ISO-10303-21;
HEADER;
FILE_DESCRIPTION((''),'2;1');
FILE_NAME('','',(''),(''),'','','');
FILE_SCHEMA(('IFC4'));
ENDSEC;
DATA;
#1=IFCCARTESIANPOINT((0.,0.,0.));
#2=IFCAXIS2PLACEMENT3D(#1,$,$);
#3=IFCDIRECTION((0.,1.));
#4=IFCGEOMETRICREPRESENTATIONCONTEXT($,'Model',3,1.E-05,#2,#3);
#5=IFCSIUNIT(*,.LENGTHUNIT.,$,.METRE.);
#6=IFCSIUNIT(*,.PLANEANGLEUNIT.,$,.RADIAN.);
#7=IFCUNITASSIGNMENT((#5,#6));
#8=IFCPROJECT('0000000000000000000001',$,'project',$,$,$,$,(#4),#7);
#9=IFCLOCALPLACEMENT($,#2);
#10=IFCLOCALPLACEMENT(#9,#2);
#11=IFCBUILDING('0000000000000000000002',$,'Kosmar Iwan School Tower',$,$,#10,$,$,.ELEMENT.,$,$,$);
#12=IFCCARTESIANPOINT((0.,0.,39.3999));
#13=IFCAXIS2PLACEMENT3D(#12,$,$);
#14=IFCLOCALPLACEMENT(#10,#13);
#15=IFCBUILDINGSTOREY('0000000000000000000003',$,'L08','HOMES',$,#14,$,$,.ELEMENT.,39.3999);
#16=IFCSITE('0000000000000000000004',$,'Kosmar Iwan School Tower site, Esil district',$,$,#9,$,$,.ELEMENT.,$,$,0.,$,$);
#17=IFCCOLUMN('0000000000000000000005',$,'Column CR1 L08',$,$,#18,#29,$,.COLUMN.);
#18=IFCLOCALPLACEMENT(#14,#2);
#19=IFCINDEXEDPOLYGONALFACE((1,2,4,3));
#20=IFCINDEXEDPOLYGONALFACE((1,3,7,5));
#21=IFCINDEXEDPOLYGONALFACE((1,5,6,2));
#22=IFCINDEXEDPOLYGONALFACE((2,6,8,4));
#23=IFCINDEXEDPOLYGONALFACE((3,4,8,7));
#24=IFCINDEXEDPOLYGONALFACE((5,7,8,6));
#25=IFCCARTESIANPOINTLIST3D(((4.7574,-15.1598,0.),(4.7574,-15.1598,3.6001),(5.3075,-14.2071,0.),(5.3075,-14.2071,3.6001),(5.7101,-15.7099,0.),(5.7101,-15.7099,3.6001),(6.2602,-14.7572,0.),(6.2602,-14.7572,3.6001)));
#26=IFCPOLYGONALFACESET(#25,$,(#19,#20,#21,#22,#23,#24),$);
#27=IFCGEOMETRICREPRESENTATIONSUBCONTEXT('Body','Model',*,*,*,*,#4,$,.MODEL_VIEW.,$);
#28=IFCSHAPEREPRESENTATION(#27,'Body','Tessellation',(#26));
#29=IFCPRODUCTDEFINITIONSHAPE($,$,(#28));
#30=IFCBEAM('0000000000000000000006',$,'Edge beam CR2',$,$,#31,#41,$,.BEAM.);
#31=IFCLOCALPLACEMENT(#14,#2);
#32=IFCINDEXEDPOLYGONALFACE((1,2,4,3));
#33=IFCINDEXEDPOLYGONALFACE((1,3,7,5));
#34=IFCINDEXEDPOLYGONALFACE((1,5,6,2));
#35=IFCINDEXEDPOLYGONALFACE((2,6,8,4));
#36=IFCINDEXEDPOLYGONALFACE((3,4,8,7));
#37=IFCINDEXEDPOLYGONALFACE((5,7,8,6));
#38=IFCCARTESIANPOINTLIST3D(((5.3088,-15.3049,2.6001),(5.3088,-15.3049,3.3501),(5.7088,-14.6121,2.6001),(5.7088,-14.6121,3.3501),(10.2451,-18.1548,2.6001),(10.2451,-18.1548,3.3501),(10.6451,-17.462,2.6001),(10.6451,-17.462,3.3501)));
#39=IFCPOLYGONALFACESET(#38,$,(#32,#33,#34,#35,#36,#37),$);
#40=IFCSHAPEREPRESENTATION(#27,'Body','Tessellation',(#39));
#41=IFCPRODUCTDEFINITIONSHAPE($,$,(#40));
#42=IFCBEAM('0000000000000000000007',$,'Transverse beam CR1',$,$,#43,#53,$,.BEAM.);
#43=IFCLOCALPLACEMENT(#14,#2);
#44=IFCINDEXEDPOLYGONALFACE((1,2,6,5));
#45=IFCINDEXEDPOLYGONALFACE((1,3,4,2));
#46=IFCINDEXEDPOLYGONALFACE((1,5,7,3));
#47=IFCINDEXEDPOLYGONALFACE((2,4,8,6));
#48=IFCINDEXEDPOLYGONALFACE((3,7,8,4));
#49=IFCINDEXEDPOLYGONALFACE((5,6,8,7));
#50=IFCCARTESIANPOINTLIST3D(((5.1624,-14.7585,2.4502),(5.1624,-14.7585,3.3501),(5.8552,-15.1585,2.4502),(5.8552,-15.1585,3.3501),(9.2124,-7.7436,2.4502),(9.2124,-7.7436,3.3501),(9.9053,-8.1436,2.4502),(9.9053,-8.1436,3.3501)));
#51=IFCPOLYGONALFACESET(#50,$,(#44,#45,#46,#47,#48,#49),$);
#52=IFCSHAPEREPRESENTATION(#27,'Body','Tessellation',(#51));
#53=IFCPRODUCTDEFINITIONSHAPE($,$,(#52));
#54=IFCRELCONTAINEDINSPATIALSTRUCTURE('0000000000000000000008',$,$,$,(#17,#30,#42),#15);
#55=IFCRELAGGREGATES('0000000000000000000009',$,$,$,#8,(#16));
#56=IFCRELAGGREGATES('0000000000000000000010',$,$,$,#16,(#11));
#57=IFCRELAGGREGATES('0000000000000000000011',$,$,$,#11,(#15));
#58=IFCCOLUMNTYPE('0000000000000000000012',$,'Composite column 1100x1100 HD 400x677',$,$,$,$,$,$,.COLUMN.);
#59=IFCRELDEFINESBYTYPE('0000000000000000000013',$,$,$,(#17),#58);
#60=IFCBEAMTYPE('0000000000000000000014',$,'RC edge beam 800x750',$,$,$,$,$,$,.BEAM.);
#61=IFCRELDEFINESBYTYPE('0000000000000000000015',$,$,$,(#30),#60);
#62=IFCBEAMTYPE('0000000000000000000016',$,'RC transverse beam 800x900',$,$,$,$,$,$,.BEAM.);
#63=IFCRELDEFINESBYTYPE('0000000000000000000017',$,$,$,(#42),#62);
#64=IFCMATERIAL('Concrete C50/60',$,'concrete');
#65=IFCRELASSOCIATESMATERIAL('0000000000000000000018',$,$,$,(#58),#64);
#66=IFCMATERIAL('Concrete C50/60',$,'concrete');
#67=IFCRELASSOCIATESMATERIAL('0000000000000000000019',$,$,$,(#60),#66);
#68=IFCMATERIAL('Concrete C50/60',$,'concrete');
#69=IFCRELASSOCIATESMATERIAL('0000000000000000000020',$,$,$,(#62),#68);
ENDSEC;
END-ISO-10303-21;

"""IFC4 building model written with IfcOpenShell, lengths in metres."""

from ifc_helpers import new_model, si_unit, direction, frame, origin, origin_2d, place, context, subcontext, project, spatial, rectangle, extrude, material, material_profile, profile_set, type_object, element, save


model = new_model("IFC4")

# Units and contexts
model_context = context("Model", 3, precision=1e-05, world=origin(), true_north=direction((0.0, 1.0)))
body_context = subcontext(model_context, "Body", "Model", "MODEL_VIEW")
ifc_project = project(units=[si_unit("LENGTHUNIT", "METRE"), si_unit("PLANEANGLEUNIT", "RADIAN")], contexts=[model_context])

# Site, building, storey
site_placement = place(None, origin())
site = spatial("IfcSite", under=ifc_project, at=site_placement, Name="Kosmar Iwan School Tower site, Esil district", CompositionType="ELEMENT", RefElevation=0.0)
building_placement = place(site_placement, origin())
building = spatial("IfcBuilding", under=site, at=building_placement, Name="Kosmar Iwan School Tower", CompositionType="ELEMENT")
storey_placement = place(building_placement, frame((0.0, 0.0, 39.3999)))
storey = spatial("IfcBuildingStorey", under=building, at=storey_placement, Name="L08", Description="HOMES", CompositionType="ELEMENT", Elevation=39.3999)

# Column
ifc_material_1 = material(Name="Concrete C50/60", Category="concrete")
ifc_material_profile_1 = material_profile(ifc_material_1, rectangle(XDim=1.1001, YDim=1.1001, at=origin_2d()), Name="RC 1100x1100 + HD 400x677")
ifc_profile_set_1 = profile_set([ifc_material_profile_1], Name="Concrete C50/60")
column_type = type_object("IfcColumnType", Name="Composite column 1100x1100 HD 400x677", PredefinedType="COLUMN", material=ifc_profile_set_1)
column_placement = place(storey_placement, frame((5.5088, -14.9585, 0.0), z_axis=(0.0, 0.0, 1.0), x_axis=(0.866025, -0.5, 0.0)))
element("IfcColumn", 1, at=column_placement, inside=storey, type_object=column_type, Name="Column CR1 L08", PredefinedType="COLUMN", context=body_context, shape_type="SweptSolid", body=[
    extrude(rectangle(XDim=1.1001, YDim=1.1001, at=origin_2d()), origin(), (0.0, 0.0, 1.0), 3.6001),
])

# Beams
ifc_material_2 = material(Name="Concrete C50/60", Category="concrete")
ifc_material_profile_2 = material_profile(ifc_material_2, rectangle(XDim=0.8, YDim=0.75, at=origin_2d()), Name="RC 800x750")
ifc_profile_set_2 = profile_set([ifc_material_profile_2], Name="Concrete C50/60")
beam_type_1 = type_object("IfcBeamType", Name="RC edge beam 800x750", PredefinedType="BEAM", material=ifc_profile_set_2)
beam_1_placement = place(storey_placement, frame((5.5088, -14.9585, 2.9751), z_axis=(0.866034, -0.499986, 0.0), x_axis=(0.499986, 0.866034, 0.0)))
element("IfcBeam", 2, at=beam_1_placement, inside=storey, type_object=beam_type_1, Name="Edge beam CR2", PredefinedType="BEAM", context=body_context, shape_type="SweptSolid", body=[
    extrude(rectangle(XDim=0.8, YDim=0.75, at=origin_2d()), origin(), (0.0, 0.0, 1.0), 5.7),
])
ifc_material_3 = material(Name="Concrete C50/60", Category="concrete")
ifc_material_profile_3 = material_profile(ifc_material_3, rectangle(XDim=0.8, YDim=0.8999, at=origin_2d()), Name="RC 800x900")
ifc_profile_set_3 = profile_set([ifc_material_profile_3], Name="Concrete C50/60")
beam_type_2 = type_object("IfcBeamType", Name="RC transverse beam 800x900", PredefinedType="BEAM", material=ifc_profile_set_3)
beam_2_placement = place(storey_placement, frame((5.5088, -14.9585, 2.9001), z_axis=(0.5, 0.866025, 0.0), x_axis=(-0.866025, 0.5, 0.0)))
element("IfcBeam", 3, at=beam_2_placement, inside=storey, type_object=beam_type_2, Name="Transverse beam CR1", PredefinedType="BEAM", context=body_context, shape_type="SweptSolid", body=[
    extrude(rectangle(XDim=0.8, YDim=0.8999, at=origin_2d()), origin(), (0.0, 0.0, 1.0), 8.1001),
])

save(model, "model.ifc")
